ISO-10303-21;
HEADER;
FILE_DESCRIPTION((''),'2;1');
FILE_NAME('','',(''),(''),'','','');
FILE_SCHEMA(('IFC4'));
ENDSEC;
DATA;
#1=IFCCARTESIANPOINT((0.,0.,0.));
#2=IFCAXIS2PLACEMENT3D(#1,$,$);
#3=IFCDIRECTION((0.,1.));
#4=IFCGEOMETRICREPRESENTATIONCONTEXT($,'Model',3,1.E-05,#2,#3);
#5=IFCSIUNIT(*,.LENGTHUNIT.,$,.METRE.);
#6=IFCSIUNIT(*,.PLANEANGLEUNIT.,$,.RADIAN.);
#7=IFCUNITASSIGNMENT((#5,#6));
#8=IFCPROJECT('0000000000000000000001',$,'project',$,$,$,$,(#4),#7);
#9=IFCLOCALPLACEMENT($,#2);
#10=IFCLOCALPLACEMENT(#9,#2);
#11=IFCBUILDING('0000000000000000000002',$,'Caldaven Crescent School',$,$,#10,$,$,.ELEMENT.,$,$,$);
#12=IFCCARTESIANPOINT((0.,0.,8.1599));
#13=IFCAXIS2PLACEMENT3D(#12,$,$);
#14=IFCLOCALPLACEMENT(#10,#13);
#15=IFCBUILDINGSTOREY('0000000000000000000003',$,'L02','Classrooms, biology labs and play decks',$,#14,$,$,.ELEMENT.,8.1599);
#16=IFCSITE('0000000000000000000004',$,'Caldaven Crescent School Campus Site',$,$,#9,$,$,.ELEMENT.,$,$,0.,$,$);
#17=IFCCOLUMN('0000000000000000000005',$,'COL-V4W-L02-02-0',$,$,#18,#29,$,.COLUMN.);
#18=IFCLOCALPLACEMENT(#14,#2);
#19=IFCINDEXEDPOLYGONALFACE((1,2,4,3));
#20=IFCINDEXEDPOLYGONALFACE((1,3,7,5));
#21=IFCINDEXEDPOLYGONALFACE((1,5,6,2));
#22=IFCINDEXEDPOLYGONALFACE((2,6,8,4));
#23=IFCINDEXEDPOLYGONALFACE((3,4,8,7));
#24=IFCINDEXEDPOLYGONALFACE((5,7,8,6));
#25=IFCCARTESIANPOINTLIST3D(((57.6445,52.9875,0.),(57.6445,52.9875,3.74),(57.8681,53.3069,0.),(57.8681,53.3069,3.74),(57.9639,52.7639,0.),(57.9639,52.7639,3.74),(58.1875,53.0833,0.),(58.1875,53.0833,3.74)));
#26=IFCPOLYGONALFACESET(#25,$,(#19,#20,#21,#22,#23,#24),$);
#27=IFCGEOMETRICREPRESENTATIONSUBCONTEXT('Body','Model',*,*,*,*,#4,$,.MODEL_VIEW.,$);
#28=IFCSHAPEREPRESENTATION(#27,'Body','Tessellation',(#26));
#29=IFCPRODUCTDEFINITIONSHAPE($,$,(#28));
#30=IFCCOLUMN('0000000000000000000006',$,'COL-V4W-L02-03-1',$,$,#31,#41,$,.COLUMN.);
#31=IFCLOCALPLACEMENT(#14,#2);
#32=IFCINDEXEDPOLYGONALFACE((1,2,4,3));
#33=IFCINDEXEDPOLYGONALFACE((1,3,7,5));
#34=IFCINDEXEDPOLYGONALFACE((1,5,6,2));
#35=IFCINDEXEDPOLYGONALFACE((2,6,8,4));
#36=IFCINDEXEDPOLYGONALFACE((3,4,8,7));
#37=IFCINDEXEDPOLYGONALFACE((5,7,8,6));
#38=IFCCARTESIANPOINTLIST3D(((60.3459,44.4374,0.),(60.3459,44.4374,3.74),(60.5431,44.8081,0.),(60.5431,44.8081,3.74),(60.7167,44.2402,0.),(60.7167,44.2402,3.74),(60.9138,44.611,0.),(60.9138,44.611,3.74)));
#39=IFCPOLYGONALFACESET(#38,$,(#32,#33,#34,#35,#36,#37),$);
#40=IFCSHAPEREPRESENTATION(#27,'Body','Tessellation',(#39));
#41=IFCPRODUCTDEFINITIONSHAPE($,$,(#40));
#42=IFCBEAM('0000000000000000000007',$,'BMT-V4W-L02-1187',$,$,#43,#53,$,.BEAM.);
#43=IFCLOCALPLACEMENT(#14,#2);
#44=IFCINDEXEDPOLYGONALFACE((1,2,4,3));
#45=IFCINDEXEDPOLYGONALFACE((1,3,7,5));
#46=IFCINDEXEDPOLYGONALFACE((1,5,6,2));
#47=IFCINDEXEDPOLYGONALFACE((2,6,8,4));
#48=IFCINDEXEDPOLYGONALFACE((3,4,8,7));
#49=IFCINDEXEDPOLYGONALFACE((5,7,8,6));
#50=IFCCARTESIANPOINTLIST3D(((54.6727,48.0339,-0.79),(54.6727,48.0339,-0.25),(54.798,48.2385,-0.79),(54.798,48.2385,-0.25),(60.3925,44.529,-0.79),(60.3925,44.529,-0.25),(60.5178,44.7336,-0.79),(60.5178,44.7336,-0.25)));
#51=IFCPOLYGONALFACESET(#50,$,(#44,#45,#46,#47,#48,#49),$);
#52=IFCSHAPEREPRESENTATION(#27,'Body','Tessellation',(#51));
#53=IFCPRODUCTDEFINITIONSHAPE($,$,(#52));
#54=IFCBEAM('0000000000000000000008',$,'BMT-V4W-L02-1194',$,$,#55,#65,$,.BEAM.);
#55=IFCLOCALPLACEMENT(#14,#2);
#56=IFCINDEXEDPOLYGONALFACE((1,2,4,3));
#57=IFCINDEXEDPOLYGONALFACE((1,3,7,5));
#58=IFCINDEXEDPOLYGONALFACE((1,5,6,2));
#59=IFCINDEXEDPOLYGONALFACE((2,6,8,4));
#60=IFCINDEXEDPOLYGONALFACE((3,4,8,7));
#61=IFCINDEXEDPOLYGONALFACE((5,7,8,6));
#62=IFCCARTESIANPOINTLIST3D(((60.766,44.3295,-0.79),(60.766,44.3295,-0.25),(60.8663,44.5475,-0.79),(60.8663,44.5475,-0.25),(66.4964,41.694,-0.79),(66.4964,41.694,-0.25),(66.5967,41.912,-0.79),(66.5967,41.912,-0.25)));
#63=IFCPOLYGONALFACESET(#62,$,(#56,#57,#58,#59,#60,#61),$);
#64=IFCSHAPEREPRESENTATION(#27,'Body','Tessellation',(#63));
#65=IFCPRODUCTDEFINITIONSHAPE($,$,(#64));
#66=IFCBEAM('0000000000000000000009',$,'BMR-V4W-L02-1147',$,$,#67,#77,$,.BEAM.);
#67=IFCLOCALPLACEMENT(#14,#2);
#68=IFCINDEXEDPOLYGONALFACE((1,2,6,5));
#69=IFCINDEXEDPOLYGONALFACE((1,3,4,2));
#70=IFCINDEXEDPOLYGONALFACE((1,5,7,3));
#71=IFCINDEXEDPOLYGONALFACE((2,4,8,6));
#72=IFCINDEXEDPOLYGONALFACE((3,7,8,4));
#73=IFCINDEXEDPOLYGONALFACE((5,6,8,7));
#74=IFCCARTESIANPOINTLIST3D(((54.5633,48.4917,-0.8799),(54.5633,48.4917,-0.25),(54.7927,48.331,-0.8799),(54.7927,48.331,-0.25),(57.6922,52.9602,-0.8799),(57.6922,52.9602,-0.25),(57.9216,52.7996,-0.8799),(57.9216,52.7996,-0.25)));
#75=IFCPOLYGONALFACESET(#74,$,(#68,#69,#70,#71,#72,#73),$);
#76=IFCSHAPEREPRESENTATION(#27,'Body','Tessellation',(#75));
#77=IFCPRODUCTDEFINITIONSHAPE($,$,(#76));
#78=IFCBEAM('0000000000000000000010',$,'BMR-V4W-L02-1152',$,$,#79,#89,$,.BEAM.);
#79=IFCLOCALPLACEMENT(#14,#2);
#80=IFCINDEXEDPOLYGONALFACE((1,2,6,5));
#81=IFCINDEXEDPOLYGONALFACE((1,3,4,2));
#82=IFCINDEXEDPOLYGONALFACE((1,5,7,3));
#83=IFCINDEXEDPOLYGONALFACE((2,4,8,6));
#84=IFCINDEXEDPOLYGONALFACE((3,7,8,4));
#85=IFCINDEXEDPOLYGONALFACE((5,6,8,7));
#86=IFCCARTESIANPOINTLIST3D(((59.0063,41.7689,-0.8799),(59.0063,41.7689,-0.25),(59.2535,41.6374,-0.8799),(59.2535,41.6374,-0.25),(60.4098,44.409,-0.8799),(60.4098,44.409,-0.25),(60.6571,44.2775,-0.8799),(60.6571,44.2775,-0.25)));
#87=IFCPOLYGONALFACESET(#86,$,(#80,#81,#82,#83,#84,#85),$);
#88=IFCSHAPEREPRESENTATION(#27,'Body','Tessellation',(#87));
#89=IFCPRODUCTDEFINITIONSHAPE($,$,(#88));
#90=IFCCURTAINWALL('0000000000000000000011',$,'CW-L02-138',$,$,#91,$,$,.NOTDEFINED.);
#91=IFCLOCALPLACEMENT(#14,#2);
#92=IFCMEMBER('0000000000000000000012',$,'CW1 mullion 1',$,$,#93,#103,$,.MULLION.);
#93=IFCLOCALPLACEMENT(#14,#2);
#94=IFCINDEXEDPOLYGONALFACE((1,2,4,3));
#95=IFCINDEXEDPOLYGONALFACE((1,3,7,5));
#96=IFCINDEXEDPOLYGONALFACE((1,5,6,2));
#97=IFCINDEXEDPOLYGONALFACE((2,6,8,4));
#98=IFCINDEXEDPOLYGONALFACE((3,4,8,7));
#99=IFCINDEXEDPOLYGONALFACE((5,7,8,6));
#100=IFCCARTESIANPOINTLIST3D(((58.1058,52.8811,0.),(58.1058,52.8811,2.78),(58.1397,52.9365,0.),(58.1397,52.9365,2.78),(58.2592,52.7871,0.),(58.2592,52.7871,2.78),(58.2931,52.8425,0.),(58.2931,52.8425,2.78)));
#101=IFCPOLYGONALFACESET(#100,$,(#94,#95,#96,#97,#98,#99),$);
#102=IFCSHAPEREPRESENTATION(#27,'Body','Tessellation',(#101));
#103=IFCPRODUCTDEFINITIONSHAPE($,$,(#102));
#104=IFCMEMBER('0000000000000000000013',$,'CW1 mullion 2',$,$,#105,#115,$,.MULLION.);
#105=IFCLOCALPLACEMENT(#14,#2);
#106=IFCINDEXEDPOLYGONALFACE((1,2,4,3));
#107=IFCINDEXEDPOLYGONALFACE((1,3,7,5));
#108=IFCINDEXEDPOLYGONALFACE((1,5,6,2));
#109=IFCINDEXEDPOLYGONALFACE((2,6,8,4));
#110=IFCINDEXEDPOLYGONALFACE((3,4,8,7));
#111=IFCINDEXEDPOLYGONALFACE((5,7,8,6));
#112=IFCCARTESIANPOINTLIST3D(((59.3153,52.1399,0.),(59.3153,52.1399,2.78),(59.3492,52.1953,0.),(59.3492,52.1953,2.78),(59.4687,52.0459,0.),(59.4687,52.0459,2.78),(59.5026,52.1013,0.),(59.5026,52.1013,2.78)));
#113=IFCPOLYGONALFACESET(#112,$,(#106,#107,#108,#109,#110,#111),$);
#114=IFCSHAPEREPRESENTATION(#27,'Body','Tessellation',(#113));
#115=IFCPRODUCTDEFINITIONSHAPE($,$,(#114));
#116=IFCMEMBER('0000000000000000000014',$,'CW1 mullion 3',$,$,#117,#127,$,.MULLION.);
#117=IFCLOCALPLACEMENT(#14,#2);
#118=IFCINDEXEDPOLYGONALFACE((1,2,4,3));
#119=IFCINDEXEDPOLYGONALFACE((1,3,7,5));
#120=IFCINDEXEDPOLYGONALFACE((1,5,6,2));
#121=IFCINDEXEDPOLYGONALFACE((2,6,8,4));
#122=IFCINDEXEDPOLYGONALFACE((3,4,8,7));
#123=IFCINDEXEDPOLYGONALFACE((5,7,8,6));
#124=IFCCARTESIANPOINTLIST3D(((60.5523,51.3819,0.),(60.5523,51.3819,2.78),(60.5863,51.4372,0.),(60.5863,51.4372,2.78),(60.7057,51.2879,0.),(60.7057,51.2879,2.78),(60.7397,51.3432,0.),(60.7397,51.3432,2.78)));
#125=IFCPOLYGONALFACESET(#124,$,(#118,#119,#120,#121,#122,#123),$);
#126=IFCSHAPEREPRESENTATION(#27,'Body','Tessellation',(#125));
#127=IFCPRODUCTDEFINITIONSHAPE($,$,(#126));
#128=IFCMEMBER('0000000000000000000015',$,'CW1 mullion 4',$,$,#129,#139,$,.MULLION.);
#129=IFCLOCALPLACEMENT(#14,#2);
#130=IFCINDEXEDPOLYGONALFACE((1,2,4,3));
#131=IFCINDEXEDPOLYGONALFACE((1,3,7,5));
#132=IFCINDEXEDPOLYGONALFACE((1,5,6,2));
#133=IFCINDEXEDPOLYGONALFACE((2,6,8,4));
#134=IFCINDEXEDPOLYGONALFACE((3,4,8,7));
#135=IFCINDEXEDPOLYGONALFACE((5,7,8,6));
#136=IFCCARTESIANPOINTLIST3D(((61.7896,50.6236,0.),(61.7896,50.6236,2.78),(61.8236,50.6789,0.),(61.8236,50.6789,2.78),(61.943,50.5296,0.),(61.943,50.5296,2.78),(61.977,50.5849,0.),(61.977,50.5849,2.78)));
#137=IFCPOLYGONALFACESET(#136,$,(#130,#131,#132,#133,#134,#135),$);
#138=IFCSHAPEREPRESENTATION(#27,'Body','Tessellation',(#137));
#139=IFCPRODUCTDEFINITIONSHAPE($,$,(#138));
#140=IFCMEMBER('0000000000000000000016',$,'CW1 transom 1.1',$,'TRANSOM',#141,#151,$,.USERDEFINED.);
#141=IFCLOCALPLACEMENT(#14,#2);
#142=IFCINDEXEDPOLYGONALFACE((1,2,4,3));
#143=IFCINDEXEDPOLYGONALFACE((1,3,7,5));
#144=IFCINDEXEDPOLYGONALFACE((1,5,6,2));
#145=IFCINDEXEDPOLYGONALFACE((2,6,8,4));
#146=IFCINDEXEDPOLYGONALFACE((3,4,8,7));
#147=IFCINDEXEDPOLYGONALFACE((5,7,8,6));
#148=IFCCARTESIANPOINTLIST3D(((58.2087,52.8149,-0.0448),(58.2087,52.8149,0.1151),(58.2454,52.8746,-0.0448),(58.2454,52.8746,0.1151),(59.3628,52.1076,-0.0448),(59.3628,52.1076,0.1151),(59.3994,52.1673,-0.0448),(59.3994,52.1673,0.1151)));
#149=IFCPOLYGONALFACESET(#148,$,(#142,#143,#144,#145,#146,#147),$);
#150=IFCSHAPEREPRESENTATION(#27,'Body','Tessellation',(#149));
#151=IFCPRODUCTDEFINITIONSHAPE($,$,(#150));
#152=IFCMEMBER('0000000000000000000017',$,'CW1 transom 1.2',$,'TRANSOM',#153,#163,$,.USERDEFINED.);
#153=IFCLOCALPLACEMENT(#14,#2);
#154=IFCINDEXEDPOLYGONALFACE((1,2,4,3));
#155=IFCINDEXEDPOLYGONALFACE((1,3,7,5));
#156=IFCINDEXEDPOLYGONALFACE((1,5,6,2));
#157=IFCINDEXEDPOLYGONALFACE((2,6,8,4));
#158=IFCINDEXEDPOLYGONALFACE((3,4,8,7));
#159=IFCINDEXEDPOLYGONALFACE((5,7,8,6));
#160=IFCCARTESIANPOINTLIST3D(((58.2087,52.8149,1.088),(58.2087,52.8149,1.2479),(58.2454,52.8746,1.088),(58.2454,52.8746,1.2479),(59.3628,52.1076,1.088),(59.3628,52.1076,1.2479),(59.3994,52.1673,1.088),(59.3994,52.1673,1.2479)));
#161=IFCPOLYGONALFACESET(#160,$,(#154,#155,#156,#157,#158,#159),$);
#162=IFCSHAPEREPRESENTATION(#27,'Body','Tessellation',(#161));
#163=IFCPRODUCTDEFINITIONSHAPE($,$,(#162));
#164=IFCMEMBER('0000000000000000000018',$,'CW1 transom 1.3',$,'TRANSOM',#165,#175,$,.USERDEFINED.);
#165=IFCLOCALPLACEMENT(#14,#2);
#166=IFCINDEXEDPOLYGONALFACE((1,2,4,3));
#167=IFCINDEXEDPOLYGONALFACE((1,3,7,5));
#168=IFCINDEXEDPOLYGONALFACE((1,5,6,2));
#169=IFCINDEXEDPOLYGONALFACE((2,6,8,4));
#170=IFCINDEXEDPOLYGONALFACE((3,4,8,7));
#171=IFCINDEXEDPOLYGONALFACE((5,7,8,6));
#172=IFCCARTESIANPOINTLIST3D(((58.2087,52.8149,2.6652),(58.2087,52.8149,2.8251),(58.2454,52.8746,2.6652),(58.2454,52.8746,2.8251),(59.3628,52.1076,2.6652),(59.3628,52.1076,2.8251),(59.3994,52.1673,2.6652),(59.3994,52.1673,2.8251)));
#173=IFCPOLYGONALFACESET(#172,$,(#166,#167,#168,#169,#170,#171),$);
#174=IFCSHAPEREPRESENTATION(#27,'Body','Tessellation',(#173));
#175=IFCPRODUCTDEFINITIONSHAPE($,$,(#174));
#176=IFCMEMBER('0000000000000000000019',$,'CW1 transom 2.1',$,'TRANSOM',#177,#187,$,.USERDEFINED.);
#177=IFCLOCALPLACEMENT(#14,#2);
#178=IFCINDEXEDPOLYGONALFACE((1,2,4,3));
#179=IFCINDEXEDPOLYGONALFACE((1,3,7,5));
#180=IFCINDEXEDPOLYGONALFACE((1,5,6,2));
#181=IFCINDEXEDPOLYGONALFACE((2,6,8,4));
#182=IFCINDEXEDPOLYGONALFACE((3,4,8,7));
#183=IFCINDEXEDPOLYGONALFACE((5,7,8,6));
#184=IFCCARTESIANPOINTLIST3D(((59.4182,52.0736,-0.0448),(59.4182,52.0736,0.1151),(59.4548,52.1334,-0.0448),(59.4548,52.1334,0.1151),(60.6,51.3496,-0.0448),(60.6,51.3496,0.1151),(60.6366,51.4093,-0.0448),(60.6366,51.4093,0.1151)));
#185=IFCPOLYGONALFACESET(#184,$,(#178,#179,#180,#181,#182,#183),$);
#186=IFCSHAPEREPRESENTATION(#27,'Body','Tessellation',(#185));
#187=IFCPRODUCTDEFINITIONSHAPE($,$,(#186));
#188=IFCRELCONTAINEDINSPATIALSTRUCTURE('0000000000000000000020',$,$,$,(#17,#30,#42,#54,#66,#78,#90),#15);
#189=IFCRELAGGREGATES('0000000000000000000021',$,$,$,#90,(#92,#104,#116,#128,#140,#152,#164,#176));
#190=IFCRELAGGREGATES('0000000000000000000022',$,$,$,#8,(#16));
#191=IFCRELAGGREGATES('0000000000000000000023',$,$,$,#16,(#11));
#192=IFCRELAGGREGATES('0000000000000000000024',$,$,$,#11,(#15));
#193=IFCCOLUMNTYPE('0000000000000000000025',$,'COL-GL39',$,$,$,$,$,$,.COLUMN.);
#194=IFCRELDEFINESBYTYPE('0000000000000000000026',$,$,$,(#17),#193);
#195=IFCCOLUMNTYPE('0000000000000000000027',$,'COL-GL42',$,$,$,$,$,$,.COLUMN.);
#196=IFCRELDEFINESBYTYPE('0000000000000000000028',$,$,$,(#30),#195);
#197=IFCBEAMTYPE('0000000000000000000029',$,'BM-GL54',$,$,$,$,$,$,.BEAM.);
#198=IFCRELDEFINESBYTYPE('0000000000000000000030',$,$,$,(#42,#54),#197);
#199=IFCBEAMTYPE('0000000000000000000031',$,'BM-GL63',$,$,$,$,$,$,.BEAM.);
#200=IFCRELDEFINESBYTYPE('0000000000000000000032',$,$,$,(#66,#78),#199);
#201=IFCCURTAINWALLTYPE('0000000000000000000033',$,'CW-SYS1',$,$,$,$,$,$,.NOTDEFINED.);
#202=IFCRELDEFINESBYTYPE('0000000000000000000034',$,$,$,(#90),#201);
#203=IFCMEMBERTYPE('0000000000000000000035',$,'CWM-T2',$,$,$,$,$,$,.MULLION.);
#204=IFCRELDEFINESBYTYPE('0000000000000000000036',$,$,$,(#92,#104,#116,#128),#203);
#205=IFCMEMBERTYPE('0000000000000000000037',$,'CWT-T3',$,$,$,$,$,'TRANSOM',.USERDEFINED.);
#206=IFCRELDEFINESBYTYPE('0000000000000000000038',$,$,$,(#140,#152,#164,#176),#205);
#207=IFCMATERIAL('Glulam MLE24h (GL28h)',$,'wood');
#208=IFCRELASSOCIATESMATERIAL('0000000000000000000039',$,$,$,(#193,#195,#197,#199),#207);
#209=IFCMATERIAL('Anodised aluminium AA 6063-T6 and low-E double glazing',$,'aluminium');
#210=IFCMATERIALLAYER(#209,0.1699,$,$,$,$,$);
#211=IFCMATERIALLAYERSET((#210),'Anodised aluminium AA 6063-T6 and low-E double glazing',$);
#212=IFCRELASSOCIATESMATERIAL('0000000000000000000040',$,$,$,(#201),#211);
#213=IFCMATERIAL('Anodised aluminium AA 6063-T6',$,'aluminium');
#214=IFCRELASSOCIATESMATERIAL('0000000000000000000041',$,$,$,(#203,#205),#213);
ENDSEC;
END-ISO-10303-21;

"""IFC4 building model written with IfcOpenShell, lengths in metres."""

from ifc_helpers import new_model, si_unit, direction, frame, origin, origin_2d, place, context, subcontext, project, spatial, rectangle, extrude, material, layer, layer_set, material_profile, profile_set, type_object, element, aggregate, save


model = new_model("IFC4")

# Units and contexts
model_context = context("Model", 3, precision=1e-05, world=origin(), true_north=direction((0.0, 1.0)))
body_context = subcontext(model_context, "Body", "Model", "MODEL_VIEW")
ifc_project = project(units=[si_unit("LENGTHUNIT", "METRE"), si_unit("PLANEANGLEUNIT", "RADIAN")], contexts=[model_context])

# Site, building, storey
site_placement = place(None, origin())
site = spatial("IfcSite", under=ifc_project, at=site_placement, Name="Caldaven Crescent School Campus Site", CompositionType="ELEMENT", RefElevation=0.0)
building_placement = place(site_placement, origin())
building = spatial("IfcBuilding", under=site, at=building_placement, Name="Caldaven Crescent School", CompositionType="ELEMENT")
storey_placement = place(building_placement, frame((0.0, 0.0, 8.1599)))
storey = spatial("IfcBuildingStorey", under=building, at=storey_placement, Name="L02", Description="Classrooms, biology labs and play decks", CompositionType="ELEMENT", Elevation=8.1599)

# Columns
ifc_material_1 = material(Name="Glulam MLE24h (GL28h)", Category="wood")
ifc_material_profile_1 = material_profile(ifc_material_1, rectangle(XDim=0.3899, YDim=0.3899, at=origin_2d()), Name="MLE 390x390")
ifc_profile_set_1 = profile_set([ifc_material_profile_1], Name="Glulam MLE24h (GL28h)")
column_type_1 = type_object("IfcColumnType", Name="COL-GL39", PredefinedType="COLUMN", material=ifc_profile_set_1)
column_1_placement = place(storey_placement, frame((57.916, 53.0354, 0.0), z_axis=(0.0, 0.0, 1.0), x_axis=(-0.573576, -0.819152, 0.0)))
element("IfcColumn", 1, at=column_1_placement, inside=storey, type_object=column_type_1, Name="COL-V4W-L02-02-0", PredefinedType="COLUMN", context=body_context, shape_type="SweptSolid", body=[
    extrude(rectangle(XDim=0.3899, YDim=0.3899, at=origin_2d()), origin(), (0.0, 0.0, 1.0), 3.74),
])
ifc_material_profile_2 = material_profile(ifc_material_1, rectangle(XDim=0.4199, YDim=0.4199, at=origin_2d()), Name="MLE 420x420")
ifc_profile_set_2 = profile_set([ifc_material_profile_2], Name="Glulam MLE24h (GL28h)")
column_type_2 = type_object("IfcColumnType", Name="COL-GL42", PredefinedType="COLUMN", material=ifc_profile_set_2)
column_2_placement = place(storey_placement, frame((60.6299, 44.5242, 0.0), z_axis=(0.0, 0.0, 1.0), x_axis=(-0.469472, -0.882948, 0.0)))
element("IfcColumn", 2, at=column_2_placement, inside=storey, type_object=column_type_2, Name="COL-V4W-L02-03-1", PredefinedType="COLUMN", context=body_context, shape_type="SweptSolid", body=[
    extrude(rectangle(XDim=0.4199, YDim=0.4199, at=origin_2d()), origin(), (0.0, 0.0, 1.0), 3.74),
])

# Beams
ifc_material_profile_3 = material_profile(ifc_material_1, rectangle(XDim=0.24, YDim=0.54, at=origin_2d()), Name="MLE 240x540")
ifc_profile_set_3 = profile_set([ifc_material_profile_3], Name="Glulam MLE24h (GL28h)")
beam_type_1 = type_object("IfcBeamType", Name="BM-GL54", PredefinedType="BEAM", material=ifc_profile_set_3)
beam_1_placement = place(storey_placement, frame((54.7354, 48.1362, -0.52), z_axis=(0.852651, -0.52248, 0.0), x_axis=(0.52248, 0.852651, 0.0)))
element("IfcBeam", 3, at=beam_1_placement, inside=storey, type_object=beam_type_1, Name="BMT-V4W-L02-1187", PredefinedType="BEAM", context=body_context, shape_type="SweptSolid", body=[
    extrude(rectangle(XDim=0.24, YDim=0.54, at=origin_2d()), origin(), (0.0, 0.0, 1.0), 6.7083),
])
beam_2_placement = place(storey_placement, frame((60.8162, 44.4385, -0.52), z_axis=(0.908522, -0.417838, 0.0), x_axis=(0.417838, 0.908522, 0.0)))
element("IfcBeam", 4, at=beam_2_placement, inside=storey, type_object=beam_type_1, Name="BMT-V4W-L02-1194", PredefinedType="BEAM", context=body_context, shape_type="SweptSolid", body=[
    extrude(rectangle(XDim=0.24, YDim=0.54, at=origin_2d()), origin(), (0.0, 0.0, 1.0), 6.3074),
])
ifc_material_profile_4 = material_profile(ifc_material_1, rectangle(XDim=0.28, YDim=0.6299, at=origin_2d()), Name="MLE 280x630")
ifc_profile_set_4 = profile_set([ifc_material_profile_4], Name="Glulam MLE24h (GL28h)")
beam_type_2 = type_object("IfcBeamType", Name="BM-GL63", PredefinedType="BEAM", material=ifc_profile_set_4)
beam_3_placement = place(storey_placement, frame((57.8069, 52.8799, -0.5649), z_axis=(-0.573579, -0.81915, 0.0), x_axis=(0.81915, -0.573579, 0.0)))
element("IfcBeam", 5, at=beam_3_placement, inside=storey, type_object=beam_type_2, Name="BMR-V4W-L02-1147", PredefinedType="BEAM", context=body_context, shape_type="SweptSolid", body=[
    extrude(rectangle(XDim=0.28, YDim=0.6299, at=origin_2d()), origin(), (0.0, 0.0, 1.0), 5.4551),
])
beam_4_placement = place(storey_placement, frame((60.5334, 44.3433, -0.5649), z_axis=(-0.469414, -0.882978, 0.0), x_axis=(0.882978, -0.469414, 0.0)))
element("IfcBeam", 6, at=beam_4_placement, inside=storey, type_object=beam_type_2, Name="BMR-V4W-L02-1152", PredefinedType="BEAM", context=body_context, shape_type="SweptSolid", body=[
    extrude(rectangle(XDim=0.28, YDim=0.6299, at=origin_2d()), origin(), (0.0, 0.0, 1.0), 2.99),
])

# Curtain wall, members
ifc_material_2 = material(Name="Anodised aluminium AA 6063-T6 and low-E double glazing", Category="aluminium")
ifc_layer_1 = layer(ifc_material_2, 0.1699)
ifc_layer_set_1 = layer_set([ifc_layer_1], Name="Anodised aluminium AA 6063-T6 and low-E double glazing")
curtain_wall_type = type_object("IfcCurtainWallType", Name="CW-SYS1", PredefinedType="NOTDEFINED", material=ifc_layer_set_1)
curtain_wall_placement = place(storey_placement, origin())
curtain_wall = element("IfcCurtainWall", 7, at=curtain_wall_placement, inside=storey, type_object=curtain_wall_type, Name="CW-L02-138", PredefinedType="NOTDEFINED")
ifc_material_3 = material(Name="Anodised aluminium AA 6063-T6", Category="aluminium")
ifc_material_profile_5 = material_profile(ifc_material_3, rectangle(XDim=0.0649, YDim=0.1799, at=origin_2d()), Name="CWM 65x180")
ifc_profile_set_5 = profile_set([ifc_material_profile_5], Name="Anodised aluminium AA 6063-T6")
member_type_1 = type_object("IfcMemberType", Name="CWM-T2", PredefinedType="MULLION", material=ifc_profile_set_5)
member_1_placement = place(storey_placement, frame((58.1995, 52.8618, 0.0), z_axis=(0.0, 0.0, 1.0), x_axis=(0.522499, 0.85264, 0.0)))
member_1 = element("IfcMember", 8, at=member_1_placement, type_object=member_type_1, Name="CW1 mullion 1", PredefinedType="MULLION", context=body_context, shape_type="SweptSolid", body=[
    extrude(rectangle(XDim=0.0649, YDim=0.1799, at=origin_2d()), origin(), (0.0, 0.0, 1.0), 2.78),
])
member_2_placement = place(storey_placement, frame((59.4089, 52.1206, 0.0), z_axis=(0.0, 0.0, 1.0), x_axis=(0.522499, 0.85264, 0.0)))
member_2 = element("IfcMember", 9, at=member_2_placement, type_object=member_type_1, Name="CW1 mullion 2", PredefinedType="MULLION", context=body_context, shape_type="SweptSolid", body=[
    extrude(rectangle(XDim=0.0649, YDim=0.1799, at=origin_2d()), origin(), (0.0, 0.0, 1.0), 2.78),
])
member_3_placement = place(storey_placement, frame((60.646, 51.3625, 0.0), z_axis=(0.0, 0.0, 1.0), x_axis=(0.522499, 0.85264, 0.0)))
member_3 = element("IfcMember", 10, at=member_3_placement, type_object=member_type_1, Name="CW1 mullion 3", PredefinedType="MULLION", context=body_context, shape_type="SweptSolid", body=[
    extrude(rectangle(XDim=0.0649, YDim=0.1799, at=origin_2d()), origin(), (0.0, 0.0, 1.0), 2.78),
])
member_4_placement = place(storey_placement, frame((61.8833, 50.6042, 0.0), z_axis=(0.0, 0.0, 1.0), x_axis=(0.522499, 0.85264, 0.0)))
member_4 = element("IfcMember", 11, at=member_4_placement, type_object=member_type_1, Name="CW1 mullion 4", PredefinedType="MULLION", context=body_context, shape_type="SweptSolid", body=[
    extrude(rectangle(XDim=0.0649, YDim=0.1799, at=origin_2d()), origin(), (0.0, 0.0, 1.0), 2.78),
])
ifc_material_profile_6 = material_profile(ifc_material_3, rectangle(XDim=0.0701, YDim=0.1599, at=origin_2d()), Name="CWT 70x160")
ifc_profile_set_6 = profile_set([ifc_material_profile_6], Name="Anodised aluminium AA 6063-T6")
member_type_2 = type_object("IfcMemberType", Name="CWT-T3", ElementType="TRANSOM", PredefinedType="USERDEFINED", material=ifc_profile_set_6)
member_5_placement = place(storey_placement, frame((58.2271, 52.8447, 0.0352), z_axis=(0.852617, -0.522537, 0.0), x_axis=(0.522537, 0.852617, 0.0)))
member_5 = element("IfcMember", 12, at=member_5_placement, type_object=member_type_2, Name="CW1 transom 1.1", ObjectType="TRANSOM", PredefinedType="USERDEFINED", context=body_context, shape_type="SweptSolid", body=[
    extrude(rectangle(XDim=0.0701, YDim=0.1599, at=origin_2d()), origin(), (0.0, 0.0, 1.0), 1.3535),
])
member_6_placement = place(storey_placement, frame((58.2271, 52.8447, 1.168), z_axis=(0.852617, -0.522537, 0.0), x_axis=(0.522537, 0.852617, 0.0)))
member_6 = element("IfcMember", 13, at=member_6_placement, type_object=member_type_2, Name="CW1 transom 1.2", ObjectType="TRANSOM", PredefinedType="USERDEFINED", context=body_context, shape_type="SweptSolid", body=[
    extrude(rectangle(XDim=0.0701, YDim=0.1599, at=origin_2d()), origin(), (0.0, 0.0, 1.0), 1.3535),
])
member_7_placement = place(storey_placement, frame((58.2271, 52.8447, 2.7451), z_axis=(0.852617, -0.522537, 0.0), x_axis=(0.522537, 0.852617, 0.0)))
member_7 = element("IfcMember", 14, at=member_7_placement, type_object=member_type_2, Name="CW1 transom 1.3", ObjectType="TRANSOM", PredefinedType="USERDEFINED", context=body_context, shape_type="SweptSolid", body=[
    extrude(rectangle(XDim=0.0701, YDim=0.1599, at=origin_2d()), origin(), (0.0, 0.0, 1.0), 1.3535),
])
member_8_placement = place(storey_placement, frame((59.4365, 52.1035, 0.0352), z_axis=(0.852685, -0.522426, 0.0), x_axis=(0.522426, 0.852685, 0.0)))
member_8 = element("IfcMember", 15, at=member_8_placement, type_object=member_type_2, Name="CW1 transom 2.1", ObjectType="TRANSOM", PredefinedType="USERDEFINED", context=body_context, shape_type="SweptSolid", body=[
    extrude(rectangle(XDim=0.0701, YDim=0.1599, at=origin_2d()), origin(), (0.0, 0.0, 1.0), 1.386),
])

aggregate(curtain_wall, [member_1, member_2, member_3, member_4, member_5, member_6, member_7, member_8])

save(model, "model.ifc")
